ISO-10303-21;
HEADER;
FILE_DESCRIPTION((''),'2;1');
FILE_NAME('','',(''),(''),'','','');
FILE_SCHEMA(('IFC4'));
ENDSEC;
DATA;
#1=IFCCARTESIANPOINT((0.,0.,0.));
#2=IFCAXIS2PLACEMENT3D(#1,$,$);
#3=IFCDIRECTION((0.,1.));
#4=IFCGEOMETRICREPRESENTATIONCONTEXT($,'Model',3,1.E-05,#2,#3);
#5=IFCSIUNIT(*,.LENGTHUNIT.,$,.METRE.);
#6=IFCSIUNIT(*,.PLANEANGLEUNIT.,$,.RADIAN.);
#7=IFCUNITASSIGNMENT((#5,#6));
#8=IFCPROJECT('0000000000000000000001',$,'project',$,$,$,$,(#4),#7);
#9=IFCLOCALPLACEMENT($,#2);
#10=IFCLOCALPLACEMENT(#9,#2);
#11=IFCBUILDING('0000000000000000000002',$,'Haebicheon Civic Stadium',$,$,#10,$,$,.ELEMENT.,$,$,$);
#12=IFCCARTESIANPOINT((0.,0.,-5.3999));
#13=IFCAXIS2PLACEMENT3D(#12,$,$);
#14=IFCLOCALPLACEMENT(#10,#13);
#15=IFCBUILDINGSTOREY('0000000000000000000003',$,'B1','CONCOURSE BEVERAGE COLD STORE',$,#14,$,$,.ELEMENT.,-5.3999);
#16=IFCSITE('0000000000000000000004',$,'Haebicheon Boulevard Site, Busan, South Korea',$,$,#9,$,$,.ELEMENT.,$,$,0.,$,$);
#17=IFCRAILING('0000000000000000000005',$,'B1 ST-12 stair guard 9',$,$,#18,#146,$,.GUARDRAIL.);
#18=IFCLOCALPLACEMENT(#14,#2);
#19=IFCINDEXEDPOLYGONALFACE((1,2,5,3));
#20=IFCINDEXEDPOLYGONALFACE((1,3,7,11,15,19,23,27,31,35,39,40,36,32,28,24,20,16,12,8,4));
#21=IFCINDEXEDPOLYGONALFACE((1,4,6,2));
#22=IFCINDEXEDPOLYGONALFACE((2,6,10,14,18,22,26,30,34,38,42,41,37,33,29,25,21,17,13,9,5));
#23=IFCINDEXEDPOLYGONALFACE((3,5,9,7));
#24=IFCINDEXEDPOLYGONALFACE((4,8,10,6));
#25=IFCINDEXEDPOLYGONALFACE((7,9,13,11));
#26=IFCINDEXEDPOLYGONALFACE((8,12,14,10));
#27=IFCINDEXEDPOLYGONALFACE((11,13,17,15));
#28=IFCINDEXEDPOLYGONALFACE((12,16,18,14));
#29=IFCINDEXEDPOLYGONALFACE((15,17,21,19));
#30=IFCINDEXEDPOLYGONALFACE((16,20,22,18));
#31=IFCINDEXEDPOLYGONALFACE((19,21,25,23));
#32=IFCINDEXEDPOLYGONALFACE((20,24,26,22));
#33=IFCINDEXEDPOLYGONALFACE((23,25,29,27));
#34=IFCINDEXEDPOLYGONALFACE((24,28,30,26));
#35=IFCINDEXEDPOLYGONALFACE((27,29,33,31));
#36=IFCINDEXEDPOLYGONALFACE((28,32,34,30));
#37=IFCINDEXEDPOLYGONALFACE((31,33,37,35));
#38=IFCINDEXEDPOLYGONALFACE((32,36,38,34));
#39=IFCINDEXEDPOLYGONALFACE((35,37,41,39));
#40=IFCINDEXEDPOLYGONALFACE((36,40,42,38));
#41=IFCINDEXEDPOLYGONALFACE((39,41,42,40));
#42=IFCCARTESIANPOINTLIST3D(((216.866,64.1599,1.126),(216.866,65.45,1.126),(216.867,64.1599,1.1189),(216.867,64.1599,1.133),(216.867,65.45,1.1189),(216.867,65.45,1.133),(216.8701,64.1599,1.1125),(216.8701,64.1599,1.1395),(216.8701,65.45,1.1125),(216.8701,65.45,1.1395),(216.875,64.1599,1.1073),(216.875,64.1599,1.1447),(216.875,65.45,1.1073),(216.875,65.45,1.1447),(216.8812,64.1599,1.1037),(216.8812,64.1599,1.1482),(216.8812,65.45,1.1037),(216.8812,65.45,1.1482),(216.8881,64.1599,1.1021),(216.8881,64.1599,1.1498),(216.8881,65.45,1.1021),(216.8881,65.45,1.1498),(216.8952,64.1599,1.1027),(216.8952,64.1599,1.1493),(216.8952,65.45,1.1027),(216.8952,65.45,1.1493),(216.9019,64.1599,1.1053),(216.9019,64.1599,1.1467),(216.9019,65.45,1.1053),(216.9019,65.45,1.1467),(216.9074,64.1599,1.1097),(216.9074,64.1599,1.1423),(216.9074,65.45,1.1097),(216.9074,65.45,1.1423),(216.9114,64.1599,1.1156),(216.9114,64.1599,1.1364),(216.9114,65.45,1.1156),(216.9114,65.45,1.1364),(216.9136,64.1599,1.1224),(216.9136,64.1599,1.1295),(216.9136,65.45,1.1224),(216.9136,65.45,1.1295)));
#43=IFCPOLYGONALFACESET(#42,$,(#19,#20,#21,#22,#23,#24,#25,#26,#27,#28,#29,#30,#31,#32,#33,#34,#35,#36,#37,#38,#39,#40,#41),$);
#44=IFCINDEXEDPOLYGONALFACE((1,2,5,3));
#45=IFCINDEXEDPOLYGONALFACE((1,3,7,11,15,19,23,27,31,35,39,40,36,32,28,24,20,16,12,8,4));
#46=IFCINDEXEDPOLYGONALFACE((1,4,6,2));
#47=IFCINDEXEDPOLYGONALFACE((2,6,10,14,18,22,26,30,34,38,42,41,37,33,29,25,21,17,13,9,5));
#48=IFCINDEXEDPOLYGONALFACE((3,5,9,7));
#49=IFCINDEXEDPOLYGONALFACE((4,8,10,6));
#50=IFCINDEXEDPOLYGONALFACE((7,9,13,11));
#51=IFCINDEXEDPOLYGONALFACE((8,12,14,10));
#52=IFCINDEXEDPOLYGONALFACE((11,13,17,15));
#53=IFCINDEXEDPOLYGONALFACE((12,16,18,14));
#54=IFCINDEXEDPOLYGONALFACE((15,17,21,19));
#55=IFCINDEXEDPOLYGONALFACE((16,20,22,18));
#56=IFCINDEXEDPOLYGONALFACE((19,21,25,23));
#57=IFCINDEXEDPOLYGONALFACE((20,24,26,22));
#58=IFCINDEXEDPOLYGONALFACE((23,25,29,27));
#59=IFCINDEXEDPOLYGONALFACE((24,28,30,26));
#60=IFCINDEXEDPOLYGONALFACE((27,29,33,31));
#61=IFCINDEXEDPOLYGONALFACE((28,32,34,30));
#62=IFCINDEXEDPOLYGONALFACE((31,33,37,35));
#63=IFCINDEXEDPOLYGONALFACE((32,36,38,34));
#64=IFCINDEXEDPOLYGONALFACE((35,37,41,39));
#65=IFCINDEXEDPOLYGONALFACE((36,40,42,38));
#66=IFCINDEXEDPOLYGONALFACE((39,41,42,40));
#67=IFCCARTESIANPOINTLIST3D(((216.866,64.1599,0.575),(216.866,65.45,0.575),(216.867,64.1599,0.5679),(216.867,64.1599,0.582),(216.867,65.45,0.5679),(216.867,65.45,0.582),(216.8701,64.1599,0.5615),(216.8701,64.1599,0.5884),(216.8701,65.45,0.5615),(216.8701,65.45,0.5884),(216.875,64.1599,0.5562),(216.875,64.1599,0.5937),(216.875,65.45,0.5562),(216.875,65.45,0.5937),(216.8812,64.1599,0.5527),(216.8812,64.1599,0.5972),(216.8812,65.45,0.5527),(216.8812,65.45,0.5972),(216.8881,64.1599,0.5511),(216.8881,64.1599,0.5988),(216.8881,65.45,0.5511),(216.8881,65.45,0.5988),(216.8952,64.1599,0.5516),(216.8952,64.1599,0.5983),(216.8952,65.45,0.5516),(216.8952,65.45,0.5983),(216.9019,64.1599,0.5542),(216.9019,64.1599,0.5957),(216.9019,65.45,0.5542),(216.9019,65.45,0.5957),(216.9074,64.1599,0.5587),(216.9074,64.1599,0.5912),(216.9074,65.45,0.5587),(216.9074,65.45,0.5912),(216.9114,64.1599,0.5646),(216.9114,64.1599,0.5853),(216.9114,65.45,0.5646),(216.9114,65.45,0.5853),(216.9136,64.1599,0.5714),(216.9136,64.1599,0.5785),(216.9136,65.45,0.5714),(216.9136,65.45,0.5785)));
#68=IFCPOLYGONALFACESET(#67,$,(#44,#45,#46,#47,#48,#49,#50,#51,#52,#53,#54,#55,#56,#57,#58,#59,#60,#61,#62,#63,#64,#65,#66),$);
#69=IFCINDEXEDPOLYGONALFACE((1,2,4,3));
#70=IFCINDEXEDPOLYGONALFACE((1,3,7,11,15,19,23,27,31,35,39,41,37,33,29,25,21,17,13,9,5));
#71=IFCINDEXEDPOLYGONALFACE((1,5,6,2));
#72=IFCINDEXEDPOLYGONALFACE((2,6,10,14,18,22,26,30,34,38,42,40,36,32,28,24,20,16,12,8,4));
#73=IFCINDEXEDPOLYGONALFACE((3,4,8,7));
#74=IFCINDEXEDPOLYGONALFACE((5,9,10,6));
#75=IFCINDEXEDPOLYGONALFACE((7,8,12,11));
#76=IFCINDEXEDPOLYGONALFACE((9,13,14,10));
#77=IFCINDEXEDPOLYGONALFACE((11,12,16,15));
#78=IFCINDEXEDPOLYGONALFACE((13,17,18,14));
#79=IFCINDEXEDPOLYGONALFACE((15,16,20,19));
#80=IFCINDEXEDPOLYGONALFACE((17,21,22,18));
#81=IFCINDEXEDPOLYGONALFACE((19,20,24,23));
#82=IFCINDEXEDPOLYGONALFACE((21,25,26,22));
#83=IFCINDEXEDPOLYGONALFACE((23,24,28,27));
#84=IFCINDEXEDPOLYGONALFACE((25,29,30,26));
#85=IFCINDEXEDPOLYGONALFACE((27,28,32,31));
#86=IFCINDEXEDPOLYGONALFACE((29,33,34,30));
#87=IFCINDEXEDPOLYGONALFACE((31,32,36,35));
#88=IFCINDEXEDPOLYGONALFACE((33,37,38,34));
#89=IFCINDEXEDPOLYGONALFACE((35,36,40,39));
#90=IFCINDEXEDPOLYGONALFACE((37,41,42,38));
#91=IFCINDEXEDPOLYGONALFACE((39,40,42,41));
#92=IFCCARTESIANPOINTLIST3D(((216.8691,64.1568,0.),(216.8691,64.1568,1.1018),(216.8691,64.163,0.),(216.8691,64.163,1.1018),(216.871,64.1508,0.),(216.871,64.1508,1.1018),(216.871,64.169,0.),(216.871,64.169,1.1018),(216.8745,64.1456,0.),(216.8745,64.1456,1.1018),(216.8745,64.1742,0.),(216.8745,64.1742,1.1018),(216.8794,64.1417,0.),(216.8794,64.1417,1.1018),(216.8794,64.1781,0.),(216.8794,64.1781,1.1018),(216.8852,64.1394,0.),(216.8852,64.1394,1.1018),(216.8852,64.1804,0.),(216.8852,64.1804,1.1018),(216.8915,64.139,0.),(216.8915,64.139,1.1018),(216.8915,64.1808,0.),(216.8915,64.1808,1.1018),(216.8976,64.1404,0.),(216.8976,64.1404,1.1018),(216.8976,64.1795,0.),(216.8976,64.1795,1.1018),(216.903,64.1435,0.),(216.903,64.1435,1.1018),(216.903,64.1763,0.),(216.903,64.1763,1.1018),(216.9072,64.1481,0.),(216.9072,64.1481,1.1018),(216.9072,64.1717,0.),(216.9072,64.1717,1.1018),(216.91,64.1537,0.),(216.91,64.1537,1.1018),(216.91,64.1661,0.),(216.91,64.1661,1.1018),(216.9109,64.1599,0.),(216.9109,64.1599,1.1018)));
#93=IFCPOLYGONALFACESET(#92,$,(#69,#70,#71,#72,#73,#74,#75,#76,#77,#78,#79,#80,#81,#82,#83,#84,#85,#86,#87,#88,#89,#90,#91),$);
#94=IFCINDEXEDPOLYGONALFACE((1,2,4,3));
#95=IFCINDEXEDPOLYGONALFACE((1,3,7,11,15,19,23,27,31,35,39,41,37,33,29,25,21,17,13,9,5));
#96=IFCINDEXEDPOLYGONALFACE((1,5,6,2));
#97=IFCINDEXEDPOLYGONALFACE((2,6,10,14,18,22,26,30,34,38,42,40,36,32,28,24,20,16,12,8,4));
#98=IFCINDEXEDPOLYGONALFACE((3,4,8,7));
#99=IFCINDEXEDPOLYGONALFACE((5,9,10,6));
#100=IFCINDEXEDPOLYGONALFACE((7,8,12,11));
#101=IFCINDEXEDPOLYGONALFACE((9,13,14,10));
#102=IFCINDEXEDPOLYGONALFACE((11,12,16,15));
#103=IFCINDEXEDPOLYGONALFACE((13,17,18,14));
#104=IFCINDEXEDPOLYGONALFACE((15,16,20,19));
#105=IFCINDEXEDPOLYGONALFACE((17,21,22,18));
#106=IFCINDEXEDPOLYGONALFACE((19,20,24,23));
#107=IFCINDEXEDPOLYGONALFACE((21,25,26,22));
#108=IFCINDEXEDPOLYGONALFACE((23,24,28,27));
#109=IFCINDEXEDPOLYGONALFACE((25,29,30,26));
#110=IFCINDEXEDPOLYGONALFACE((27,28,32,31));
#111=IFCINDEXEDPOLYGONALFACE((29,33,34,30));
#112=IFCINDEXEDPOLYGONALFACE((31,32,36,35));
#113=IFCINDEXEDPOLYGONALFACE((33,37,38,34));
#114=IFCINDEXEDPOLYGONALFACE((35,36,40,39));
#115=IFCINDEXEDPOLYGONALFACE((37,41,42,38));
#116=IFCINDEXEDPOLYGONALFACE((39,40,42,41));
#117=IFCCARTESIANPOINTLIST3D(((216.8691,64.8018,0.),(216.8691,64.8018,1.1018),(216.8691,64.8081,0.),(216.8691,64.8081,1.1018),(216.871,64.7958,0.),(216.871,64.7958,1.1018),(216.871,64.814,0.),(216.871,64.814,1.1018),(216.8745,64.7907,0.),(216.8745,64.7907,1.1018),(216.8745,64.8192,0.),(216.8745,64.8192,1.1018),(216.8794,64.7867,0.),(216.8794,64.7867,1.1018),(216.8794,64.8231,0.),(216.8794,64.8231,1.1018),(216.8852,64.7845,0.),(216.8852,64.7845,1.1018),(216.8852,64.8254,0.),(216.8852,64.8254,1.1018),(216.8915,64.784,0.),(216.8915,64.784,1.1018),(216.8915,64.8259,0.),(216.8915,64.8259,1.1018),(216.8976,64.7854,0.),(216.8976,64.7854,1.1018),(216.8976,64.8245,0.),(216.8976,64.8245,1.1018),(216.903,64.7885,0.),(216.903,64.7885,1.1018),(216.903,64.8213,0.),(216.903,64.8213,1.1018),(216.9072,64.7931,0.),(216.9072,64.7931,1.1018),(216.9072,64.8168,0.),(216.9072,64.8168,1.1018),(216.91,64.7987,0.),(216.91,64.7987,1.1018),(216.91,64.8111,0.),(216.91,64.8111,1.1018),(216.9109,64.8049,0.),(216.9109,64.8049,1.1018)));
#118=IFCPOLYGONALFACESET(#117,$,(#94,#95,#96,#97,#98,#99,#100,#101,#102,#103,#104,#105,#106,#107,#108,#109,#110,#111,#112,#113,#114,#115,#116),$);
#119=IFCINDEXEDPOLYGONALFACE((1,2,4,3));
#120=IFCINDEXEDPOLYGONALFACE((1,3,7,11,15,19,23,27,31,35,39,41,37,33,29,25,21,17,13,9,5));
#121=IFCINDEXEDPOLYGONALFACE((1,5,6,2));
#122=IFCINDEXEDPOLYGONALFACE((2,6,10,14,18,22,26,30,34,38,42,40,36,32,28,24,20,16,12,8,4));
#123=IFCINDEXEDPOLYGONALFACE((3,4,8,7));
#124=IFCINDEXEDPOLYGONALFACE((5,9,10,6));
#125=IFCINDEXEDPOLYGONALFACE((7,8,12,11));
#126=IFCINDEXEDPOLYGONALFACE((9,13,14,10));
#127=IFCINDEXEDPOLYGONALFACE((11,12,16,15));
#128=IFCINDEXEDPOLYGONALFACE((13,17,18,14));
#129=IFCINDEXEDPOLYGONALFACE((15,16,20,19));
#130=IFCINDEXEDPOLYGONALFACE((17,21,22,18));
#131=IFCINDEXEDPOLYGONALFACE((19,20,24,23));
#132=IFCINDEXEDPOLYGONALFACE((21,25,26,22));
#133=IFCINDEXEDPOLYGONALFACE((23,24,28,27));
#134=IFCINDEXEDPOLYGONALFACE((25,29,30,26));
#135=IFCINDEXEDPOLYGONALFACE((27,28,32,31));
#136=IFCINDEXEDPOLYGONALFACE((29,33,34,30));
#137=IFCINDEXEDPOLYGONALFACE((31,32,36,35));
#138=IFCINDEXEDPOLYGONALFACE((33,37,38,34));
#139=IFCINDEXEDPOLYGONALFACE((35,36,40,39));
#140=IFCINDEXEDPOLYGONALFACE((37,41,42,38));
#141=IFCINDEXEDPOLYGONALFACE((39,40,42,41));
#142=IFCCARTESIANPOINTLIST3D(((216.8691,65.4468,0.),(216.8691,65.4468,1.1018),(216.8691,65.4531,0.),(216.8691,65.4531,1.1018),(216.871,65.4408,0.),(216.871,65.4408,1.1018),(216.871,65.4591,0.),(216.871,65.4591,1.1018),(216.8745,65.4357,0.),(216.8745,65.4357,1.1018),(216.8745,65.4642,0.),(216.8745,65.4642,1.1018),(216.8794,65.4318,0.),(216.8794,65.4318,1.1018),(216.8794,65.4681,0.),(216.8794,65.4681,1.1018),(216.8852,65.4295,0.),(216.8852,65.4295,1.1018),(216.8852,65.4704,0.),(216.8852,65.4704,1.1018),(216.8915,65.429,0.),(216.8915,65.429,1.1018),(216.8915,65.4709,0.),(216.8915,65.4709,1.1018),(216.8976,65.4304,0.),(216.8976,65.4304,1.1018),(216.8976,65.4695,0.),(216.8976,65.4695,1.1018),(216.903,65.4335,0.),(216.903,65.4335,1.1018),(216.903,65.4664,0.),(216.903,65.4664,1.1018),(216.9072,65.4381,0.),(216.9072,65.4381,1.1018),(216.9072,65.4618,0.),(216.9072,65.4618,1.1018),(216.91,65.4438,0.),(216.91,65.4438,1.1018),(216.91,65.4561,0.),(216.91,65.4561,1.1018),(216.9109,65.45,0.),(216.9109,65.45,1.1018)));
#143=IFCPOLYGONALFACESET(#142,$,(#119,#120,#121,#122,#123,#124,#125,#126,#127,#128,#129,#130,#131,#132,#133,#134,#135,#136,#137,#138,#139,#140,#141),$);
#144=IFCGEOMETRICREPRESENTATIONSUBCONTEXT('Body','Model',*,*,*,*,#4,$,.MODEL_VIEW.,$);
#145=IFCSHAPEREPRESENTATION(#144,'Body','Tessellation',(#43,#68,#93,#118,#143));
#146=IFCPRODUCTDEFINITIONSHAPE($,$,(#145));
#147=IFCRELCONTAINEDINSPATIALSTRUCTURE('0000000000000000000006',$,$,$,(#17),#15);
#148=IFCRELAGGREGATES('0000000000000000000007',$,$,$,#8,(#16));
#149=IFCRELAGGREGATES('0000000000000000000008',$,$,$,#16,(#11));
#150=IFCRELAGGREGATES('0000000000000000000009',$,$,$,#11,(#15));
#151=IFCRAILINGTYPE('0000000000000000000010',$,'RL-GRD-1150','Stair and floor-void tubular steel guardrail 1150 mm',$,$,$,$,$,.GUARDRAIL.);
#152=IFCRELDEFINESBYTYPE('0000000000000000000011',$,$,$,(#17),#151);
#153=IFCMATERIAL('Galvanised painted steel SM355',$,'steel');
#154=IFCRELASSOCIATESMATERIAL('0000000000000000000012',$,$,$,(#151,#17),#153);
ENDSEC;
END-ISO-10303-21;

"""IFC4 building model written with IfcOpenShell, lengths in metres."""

from ifc_helpers import new_model, si_unit, direction, frame, origin, origin_2d, place, context, subcontext, project, spatial, circle, extrude, material, type_object, element, save


model = new_model("IFC4")

# Units and contexts
model_context = context("Model", 3, precision=1e-05, world=origin(), true_north=direction((0.0, 1.0)))
body_context = subcontext(model_context, "Body", "Model", "MODEL_VIEW")
ifc_project = project(units=[si_unit("LENGTHUNIT", "METRE"), si_unit("PLANEANGLEUNIT", "RADIAN")], contexts=[model_context])

# Site, building, storey
site_placement = place(None, origin())
site = spatial("IfcSite", under=ifc_project, at=site_placement, Name="Haebicheon Boulevard Site, Busan, South Korea", CompositionType="ELEMENT", RefElevation=0.0)
building_placement = place(site_placement, origin())
building = spatial("IfcBuilding", under=site, at=building_placement, Name="Haebicheon Civic Stadium", CompositionType="ELEMENT")
storey_placement = place(building_placement, frame((0.0, 0.0, -5.3999)))
storey = spatial("IfcBuildingStorey", under=building, at=storey_placement, Name="B1", Description="CONCOURSE BEVERAGE COLD STORE", CompositionType="ELEMENT", Elevation=-5.3999)

# Railing
ifc_material_1 = material(Name="Galvanised painted steel SM355", Category="steel")
railing_type = type_object("IfcRailingType", Name="RL-GRD-1150", Description="Stair and floor-void tubular steel guardrail 1150 mm", PredefinedType="GUARDRAIL", material=ifc_material_1)
for number, where, name in (
    (1, (216.8899, 64.1599, 0.0), "B1 ST-12 stair guard 9"),
):
    element("IfcRailing", number, at=place(storey_placement, frame(where)), inside=storey, type_object=railing_type, material=ifc_material_1, Name=name, PredefinedType="GUARDRAIL", context=body_context, shape_type="SweptSolid", body=[
        extrude(circle(Radius=0.0239, at=origin_2d()), frame((0.0, 0.0, 1.126), z_axis=(0.0, 1.0, 0.0), x_axis=(-1.0, 0.0, 0.0)), (0.0, 0.0, 1.0), 1.29),
        extrude(circle(Radius=0.0239, at=origin_2d()), frame((0.0, 0.0, 0.575), z_axis=(0.0, 1.0, 0.0), x_axis=(-1.0, 0.0, 0.0)), (0.0, 0.0, 1.0), 1.29),
        extrude(circle(Radius=0.021, at=origin_2d()), origin(), (0.0, 0.0, 1.0), 1.1018),
        extrude(circle(Radius=0.021, at=origin_2d()), frame((0.0, 0.645, 0.0)), (0.0, 0.0, 1.0), 1.1018),
        extrude(circle(Radius=0.021, at=origin_2d()), frame((0.0, 1.29, 0.0)), (0.0, 0.0, 1.0), 1.1018),
    ])

save(model, "model.ifc")
